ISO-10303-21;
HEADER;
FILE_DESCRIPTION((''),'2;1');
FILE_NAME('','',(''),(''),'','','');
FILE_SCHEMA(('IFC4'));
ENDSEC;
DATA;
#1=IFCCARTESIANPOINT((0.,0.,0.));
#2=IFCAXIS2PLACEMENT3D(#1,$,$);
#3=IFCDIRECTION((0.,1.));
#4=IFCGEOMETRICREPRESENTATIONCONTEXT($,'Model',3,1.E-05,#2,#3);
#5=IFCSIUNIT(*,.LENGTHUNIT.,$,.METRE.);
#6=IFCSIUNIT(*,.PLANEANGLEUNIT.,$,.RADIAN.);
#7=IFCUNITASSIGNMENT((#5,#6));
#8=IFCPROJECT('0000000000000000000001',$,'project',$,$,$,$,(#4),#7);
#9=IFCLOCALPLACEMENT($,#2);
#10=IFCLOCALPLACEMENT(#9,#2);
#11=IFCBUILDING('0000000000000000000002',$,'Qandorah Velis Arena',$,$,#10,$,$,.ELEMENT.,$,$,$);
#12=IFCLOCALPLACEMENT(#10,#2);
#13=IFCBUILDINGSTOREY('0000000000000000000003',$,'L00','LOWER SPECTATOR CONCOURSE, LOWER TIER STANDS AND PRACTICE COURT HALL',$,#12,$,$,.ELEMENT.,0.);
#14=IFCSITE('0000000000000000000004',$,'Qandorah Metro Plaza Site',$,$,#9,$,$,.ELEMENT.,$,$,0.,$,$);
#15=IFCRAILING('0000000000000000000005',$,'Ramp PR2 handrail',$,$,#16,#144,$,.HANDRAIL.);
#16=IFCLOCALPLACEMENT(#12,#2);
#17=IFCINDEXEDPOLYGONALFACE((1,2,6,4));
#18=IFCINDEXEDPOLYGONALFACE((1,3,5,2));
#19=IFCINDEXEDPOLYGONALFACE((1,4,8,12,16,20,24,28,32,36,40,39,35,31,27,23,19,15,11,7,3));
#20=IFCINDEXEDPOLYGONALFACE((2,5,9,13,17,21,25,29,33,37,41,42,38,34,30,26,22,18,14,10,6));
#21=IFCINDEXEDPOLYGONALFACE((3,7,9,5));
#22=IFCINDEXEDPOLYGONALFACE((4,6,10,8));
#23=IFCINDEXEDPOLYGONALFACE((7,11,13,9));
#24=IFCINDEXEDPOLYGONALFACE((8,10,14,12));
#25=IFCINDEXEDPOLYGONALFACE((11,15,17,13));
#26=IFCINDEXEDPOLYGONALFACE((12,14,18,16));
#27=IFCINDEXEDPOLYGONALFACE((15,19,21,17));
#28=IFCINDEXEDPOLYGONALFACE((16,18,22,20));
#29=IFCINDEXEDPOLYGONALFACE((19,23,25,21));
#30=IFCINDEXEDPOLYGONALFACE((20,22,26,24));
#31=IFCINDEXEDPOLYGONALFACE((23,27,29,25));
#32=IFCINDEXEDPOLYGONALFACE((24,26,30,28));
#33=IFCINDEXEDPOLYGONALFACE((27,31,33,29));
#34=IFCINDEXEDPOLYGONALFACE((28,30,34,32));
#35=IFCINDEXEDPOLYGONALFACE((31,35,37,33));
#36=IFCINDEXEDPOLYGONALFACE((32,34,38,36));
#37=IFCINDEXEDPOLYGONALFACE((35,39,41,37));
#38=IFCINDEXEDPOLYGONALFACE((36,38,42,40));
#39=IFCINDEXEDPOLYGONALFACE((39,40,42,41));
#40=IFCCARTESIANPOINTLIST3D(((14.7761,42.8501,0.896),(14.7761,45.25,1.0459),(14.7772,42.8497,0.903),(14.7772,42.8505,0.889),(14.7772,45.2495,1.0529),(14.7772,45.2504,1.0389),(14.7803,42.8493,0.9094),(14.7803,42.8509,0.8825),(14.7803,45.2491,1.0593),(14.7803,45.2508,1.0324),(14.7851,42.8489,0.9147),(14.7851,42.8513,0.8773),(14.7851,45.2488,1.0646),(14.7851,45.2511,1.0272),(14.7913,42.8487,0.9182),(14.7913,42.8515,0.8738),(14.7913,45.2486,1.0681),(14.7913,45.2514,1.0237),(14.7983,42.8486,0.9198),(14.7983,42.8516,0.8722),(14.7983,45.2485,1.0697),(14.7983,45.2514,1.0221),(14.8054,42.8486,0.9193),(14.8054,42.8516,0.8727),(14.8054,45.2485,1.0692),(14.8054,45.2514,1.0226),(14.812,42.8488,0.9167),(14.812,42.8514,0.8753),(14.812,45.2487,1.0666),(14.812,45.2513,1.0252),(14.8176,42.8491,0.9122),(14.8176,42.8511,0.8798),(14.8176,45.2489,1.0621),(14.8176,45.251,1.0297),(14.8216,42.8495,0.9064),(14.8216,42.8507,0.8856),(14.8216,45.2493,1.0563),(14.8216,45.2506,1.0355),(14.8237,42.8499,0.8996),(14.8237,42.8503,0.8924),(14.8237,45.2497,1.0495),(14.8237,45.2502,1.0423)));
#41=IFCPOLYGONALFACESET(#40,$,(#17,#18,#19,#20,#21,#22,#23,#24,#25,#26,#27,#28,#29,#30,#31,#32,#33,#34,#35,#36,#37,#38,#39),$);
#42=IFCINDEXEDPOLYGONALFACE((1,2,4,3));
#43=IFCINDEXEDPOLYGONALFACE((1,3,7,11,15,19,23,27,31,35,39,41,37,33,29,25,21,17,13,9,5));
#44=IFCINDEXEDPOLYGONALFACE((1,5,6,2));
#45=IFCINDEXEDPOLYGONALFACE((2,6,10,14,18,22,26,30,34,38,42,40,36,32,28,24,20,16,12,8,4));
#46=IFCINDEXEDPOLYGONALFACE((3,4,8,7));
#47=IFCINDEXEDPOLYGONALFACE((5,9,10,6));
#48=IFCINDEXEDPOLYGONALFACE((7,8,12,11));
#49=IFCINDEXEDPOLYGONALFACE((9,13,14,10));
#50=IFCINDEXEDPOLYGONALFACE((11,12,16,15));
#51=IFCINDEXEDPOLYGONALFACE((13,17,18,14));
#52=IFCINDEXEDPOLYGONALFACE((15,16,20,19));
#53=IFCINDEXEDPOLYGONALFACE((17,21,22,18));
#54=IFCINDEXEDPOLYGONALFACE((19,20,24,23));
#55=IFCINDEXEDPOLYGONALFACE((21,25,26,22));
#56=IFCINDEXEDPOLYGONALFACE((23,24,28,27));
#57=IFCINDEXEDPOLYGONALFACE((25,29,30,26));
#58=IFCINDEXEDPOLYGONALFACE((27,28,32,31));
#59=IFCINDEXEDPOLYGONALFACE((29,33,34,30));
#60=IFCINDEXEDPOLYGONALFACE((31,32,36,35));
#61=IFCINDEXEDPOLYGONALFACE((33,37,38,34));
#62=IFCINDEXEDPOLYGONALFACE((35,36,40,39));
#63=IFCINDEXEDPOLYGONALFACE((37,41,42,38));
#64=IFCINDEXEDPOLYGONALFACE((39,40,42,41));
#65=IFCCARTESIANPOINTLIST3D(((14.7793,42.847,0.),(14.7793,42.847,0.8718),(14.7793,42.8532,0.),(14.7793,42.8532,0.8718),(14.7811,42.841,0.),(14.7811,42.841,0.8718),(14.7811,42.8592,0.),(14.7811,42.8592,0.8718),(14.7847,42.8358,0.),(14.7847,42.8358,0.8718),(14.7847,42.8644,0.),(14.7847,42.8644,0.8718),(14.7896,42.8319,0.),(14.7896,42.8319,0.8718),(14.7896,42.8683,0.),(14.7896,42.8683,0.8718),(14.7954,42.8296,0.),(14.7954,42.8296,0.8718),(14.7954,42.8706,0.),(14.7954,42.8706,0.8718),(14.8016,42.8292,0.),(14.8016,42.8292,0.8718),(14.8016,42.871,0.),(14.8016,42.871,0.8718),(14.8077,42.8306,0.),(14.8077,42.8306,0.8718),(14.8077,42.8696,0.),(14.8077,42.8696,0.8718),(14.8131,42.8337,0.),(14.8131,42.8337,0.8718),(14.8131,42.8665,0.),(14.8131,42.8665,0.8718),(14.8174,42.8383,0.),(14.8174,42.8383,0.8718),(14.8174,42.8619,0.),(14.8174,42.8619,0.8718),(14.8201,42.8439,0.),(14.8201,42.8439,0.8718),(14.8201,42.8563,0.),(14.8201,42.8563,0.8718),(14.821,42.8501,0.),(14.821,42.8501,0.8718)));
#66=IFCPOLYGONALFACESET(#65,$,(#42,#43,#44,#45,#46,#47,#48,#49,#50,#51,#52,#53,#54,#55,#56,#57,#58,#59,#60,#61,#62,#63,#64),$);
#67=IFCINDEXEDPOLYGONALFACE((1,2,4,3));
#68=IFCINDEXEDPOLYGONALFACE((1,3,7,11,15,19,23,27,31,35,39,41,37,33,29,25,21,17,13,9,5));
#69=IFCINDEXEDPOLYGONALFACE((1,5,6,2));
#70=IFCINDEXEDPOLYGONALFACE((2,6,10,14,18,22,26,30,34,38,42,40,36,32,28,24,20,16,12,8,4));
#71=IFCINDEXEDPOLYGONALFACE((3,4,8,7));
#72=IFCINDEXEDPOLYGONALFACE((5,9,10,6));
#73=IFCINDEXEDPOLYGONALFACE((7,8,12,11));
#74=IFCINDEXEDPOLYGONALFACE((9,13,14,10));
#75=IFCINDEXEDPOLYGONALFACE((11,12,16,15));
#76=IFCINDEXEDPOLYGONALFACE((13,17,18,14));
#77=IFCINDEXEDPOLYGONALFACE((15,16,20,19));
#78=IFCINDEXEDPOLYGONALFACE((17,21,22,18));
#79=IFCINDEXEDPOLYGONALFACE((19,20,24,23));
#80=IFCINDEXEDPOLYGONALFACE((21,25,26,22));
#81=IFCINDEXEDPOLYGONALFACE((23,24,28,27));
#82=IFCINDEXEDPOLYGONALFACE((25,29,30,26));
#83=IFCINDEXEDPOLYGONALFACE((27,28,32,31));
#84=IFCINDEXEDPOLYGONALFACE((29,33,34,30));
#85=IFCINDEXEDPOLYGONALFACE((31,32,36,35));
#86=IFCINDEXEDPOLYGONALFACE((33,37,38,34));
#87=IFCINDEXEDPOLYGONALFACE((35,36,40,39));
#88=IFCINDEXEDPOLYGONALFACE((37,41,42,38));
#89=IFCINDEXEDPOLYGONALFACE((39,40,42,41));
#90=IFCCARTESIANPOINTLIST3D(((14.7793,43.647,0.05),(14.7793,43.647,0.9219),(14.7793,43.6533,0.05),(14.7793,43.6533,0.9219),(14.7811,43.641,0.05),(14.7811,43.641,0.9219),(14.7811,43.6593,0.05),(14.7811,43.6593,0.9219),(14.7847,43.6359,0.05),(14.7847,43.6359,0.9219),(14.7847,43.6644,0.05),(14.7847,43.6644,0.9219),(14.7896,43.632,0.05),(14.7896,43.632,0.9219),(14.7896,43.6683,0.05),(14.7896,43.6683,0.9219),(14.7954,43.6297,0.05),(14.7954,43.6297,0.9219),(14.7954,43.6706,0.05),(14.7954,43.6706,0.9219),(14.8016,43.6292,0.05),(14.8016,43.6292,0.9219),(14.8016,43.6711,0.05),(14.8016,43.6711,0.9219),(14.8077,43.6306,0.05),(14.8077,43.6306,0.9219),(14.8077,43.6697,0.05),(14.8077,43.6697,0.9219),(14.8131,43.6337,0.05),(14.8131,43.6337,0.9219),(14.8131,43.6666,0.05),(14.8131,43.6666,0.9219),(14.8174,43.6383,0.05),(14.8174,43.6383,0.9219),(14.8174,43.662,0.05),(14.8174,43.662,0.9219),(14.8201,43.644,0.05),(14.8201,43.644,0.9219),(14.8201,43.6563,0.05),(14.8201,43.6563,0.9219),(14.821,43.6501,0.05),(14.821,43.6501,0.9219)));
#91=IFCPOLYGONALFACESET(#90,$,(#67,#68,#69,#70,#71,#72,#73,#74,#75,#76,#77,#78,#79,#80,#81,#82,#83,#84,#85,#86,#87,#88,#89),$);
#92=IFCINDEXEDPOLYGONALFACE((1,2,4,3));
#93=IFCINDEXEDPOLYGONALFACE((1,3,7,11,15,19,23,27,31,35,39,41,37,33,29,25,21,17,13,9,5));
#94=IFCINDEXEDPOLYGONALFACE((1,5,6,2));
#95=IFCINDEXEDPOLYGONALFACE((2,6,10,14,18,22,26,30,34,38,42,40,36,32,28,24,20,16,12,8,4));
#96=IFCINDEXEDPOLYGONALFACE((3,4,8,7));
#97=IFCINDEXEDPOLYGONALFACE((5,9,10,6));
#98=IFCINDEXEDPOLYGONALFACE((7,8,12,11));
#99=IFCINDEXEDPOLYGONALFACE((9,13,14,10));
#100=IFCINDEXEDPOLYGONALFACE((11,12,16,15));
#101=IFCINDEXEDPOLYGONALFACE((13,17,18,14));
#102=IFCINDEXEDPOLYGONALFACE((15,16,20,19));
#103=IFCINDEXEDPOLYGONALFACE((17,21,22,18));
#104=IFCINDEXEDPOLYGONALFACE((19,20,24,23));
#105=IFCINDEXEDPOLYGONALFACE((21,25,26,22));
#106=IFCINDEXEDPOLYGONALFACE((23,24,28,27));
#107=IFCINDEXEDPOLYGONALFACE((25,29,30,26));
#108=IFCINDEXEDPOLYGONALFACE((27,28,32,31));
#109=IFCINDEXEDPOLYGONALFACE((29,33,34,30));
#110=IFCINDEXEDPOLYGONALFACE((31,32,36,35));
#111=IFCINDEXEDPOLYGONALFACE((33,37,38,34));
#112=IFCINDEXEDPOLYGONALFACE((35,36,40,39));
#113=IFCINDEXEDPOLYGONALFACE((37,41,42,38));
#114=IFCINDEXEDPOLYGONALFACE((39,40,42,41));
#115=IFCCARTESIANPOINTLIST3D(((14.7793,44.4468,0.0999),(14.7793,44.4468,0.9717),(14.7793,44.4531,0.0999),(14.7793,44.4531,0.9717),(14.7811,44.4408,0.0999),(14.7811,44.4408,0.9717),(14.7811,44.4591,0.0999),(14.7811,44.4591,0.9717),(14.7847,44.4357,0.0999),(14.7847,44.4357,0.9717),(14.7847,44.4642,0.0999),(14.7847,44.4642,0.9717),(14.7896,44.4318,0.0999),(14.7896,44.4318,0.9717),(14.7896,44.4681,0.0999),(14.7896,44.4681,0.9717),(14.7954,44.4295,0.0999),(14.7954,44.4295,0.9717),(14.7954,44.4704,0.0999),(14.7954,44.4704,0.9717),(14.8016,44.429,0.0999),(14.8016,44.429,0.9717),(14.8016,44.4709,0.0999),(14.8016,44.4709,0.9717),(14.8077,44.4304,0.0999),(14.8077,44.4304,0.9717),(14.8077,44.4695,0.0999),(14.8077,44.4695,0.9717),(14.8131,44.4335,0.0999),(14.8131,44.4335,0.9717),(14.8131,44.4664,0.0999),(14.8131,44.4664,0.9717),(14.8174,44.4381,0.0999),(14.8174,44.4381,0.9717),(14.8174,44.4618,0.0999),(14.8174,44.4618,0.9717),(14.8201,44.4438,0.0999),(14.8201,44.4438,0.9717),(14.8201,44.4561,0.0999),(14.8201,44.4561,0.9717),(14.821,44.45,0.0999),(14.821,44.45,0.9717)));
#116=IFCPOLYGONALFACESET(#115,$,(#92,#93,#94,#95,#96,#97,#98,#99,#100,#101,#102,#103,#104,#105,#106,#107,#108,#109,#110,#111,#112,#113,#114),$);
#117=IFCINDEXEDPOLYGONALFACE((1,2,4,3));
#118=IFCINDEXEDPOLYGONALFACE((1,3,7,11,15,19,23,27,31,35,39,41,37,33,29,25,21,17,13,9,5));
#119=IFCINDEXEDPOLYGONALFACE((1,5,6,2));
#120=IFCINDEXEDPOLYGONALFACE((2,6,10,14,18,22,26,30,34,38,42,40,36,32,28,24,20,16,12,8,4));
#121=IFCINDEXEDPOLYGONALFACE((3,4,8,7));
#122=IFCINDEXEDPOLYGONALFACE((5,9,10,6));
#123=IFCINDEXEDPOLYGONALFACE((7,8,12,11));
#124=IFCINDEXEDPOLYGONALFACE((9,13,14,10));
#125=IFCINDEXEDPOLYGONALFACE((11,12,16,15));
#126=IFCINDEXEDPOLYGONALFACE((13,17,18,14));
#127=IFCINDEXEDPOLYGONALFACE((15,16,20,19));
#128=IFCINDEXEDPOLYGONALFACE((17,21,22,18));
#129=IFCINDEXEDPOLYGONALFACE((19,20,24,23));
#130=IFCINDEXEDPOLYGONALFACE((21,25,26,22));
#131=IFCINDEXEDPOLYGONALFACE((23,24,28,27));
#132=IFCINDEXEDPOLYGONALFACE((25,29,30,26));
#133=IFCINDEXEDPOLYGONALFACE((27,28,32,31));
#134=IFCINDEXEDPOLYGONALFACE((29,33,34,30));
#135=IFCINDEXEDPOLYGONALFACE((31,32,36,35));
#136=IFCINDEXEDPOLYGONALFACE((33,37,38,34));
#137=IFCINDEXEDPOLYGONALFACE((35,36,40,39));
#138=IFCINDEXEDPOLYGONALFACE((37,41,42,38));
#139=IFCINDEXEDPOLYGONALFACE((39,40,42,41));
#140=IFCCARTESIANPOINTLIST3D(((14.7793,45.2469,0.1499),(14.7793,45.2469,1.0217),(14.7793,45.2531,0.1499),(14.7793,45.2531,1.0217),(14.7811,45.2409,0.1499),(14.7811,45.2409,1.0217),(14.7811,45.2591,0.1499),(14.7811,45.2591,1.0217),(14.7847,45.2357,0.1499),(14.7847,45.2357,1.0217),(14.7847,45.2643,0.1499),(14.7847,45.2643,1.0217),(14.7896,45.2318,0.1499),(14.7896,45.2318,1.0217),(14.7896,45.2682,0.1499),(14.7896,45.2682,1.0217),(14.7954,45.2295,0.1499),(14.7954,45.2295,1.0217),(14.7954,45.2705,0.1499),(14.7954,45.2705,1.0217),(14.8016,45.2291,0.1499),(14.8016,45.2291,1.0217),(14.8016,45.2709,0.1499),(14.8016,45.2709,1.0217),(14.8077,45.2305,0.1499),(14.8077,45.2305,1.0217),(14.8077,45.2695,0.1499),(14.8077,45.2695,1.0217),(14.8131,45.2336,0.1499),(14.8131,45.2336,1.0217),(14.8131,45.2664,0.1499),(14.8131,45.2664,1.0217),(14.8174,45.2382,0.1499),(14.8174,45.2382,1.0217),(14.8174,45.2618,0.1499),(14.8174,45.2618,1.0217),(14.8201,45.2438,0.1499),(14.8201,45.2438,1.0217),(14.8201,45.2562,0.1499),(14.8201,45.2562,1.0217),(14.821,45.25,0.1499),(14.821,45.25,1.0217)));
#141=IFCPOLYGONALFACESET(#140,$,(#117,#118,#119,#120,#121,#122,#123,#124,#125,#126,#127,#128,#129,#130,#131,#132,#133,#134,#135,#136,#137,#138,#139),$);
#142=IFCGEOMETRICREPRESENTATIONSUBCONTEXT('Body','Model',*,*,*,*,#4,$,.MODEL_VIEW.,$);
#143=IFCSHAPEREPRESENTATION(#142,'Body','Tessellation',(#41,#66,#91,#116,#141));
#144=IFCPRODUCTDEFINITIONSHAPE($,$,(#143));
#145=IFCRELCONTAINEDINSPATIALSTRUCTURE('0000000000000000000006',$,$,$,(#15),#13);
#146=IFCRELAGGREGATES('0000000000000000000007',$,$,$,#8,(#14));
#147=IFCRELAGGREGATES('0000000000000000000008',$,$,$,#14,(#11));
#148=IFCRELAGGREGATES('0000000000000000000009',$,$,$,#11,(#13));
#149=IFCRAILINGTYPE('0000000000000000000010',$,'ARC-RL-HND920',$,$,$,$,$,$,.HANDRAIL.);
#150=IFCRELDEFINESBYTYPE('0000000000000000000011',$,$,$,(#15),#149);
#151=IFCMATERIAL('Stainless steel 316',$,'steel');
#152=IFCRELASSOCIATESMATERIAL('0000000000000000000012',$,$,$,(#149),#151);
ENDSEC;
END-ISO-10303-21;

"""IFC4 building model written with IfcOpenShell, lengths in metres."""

from ifc_helpers import new_model, si_unit, direction, frame, origin, origin_2d, place, context, subcontext, project, spatial, circle, extrude, material, type_object, element, save


model = new_model("IFC4")

# Units and contexts
model_context = context("Model", 3, precision=1e-05, world=origin(), true_north=direction((0.0, 1.0)))
body_context = subcontext(model_context, "Body", "Model", "MODEL_VIEW")
ifc_project = project(units=[si_unit("LENGTHUNIT", "METRE"), si_unit("PLANEANGLEUNIT", "RADIAN")], contexts=[model_context])

# Site, building, storey
site_placement = place(None, origin())
site = spatial("IfcSite", under=ifc_project, at=site_placement, Name="Qandorah Metro Plaza Site", CompositionType="ELEMENT", RefElevation=0.0)
building_placement = place(site_placement, origin())
building = spatial("IfcBuilding", under=site, at=building_placement, Name="Qandorah Velis Arena", CompositionType="ELEMENT")
storey_placement = place(building_placement, origin())
storey = spatial("IfcBuildingStorey", under=building, at=storey_placement, Name="L00", Description="LOWER SPECTATOR CONCOURSE, LOWER TIER STANDS AND PRACTICE COURT HALL", CompositionType="ELEMENT", Elevation=0.0)

# Railing
ifc_material_1 = material(Name="Stainless steel 316", Category="steel")
railing_type_1 = type_object("IfcRailingType", Name="ARC-RL-HND920", PredefinedType="HANDRAIL", material=ifc_material_1)
railing_1_placement = place(storey_placement, frame((14.8, 42.8501, 0.0)))
element("IfcRailing", 1, at=railing_1_placement, inside=storey, type_object=railing_type_1, Name="Ramp PR2 handrail", PredefinedType="HANDRAIL", context=body_context, shape_type="SweptSolid", body=[
    extrude(circle(Radius=0.0239, at=origin_2d()), frame((0.0, 0.0, 0.896), z_axis=(0.0, 0.998055, 0.06234), x_axis=(-1.0, 0.0, 0.0)), (0.0, 0.0, 1.0), 2.4045),
    extrude(circle(Radius=0.021, at=origin_2d()), origin(), (0.0, 0.0, 1.0), 0.8718),
    extrude(circle(Radius=0.021, at=origin_2d()), frame((0.0, 0.8, 0.05)), (0.0, 0.0, 1.0), 0.8718),
    extrude(circle(Radius=0.021, at=origin_2d()), frame((0.0, 1.5999, 0.0999)), (0.0, 0.0, 1.0), 0.8718),
    extrude(circle(Radius=0.021, at=origin_2d()), frame((0.0, 2.3999, 0.1499)), (0.0, 0.0, 1.0), 0.8718),
])

save(model, "model.ifc")
